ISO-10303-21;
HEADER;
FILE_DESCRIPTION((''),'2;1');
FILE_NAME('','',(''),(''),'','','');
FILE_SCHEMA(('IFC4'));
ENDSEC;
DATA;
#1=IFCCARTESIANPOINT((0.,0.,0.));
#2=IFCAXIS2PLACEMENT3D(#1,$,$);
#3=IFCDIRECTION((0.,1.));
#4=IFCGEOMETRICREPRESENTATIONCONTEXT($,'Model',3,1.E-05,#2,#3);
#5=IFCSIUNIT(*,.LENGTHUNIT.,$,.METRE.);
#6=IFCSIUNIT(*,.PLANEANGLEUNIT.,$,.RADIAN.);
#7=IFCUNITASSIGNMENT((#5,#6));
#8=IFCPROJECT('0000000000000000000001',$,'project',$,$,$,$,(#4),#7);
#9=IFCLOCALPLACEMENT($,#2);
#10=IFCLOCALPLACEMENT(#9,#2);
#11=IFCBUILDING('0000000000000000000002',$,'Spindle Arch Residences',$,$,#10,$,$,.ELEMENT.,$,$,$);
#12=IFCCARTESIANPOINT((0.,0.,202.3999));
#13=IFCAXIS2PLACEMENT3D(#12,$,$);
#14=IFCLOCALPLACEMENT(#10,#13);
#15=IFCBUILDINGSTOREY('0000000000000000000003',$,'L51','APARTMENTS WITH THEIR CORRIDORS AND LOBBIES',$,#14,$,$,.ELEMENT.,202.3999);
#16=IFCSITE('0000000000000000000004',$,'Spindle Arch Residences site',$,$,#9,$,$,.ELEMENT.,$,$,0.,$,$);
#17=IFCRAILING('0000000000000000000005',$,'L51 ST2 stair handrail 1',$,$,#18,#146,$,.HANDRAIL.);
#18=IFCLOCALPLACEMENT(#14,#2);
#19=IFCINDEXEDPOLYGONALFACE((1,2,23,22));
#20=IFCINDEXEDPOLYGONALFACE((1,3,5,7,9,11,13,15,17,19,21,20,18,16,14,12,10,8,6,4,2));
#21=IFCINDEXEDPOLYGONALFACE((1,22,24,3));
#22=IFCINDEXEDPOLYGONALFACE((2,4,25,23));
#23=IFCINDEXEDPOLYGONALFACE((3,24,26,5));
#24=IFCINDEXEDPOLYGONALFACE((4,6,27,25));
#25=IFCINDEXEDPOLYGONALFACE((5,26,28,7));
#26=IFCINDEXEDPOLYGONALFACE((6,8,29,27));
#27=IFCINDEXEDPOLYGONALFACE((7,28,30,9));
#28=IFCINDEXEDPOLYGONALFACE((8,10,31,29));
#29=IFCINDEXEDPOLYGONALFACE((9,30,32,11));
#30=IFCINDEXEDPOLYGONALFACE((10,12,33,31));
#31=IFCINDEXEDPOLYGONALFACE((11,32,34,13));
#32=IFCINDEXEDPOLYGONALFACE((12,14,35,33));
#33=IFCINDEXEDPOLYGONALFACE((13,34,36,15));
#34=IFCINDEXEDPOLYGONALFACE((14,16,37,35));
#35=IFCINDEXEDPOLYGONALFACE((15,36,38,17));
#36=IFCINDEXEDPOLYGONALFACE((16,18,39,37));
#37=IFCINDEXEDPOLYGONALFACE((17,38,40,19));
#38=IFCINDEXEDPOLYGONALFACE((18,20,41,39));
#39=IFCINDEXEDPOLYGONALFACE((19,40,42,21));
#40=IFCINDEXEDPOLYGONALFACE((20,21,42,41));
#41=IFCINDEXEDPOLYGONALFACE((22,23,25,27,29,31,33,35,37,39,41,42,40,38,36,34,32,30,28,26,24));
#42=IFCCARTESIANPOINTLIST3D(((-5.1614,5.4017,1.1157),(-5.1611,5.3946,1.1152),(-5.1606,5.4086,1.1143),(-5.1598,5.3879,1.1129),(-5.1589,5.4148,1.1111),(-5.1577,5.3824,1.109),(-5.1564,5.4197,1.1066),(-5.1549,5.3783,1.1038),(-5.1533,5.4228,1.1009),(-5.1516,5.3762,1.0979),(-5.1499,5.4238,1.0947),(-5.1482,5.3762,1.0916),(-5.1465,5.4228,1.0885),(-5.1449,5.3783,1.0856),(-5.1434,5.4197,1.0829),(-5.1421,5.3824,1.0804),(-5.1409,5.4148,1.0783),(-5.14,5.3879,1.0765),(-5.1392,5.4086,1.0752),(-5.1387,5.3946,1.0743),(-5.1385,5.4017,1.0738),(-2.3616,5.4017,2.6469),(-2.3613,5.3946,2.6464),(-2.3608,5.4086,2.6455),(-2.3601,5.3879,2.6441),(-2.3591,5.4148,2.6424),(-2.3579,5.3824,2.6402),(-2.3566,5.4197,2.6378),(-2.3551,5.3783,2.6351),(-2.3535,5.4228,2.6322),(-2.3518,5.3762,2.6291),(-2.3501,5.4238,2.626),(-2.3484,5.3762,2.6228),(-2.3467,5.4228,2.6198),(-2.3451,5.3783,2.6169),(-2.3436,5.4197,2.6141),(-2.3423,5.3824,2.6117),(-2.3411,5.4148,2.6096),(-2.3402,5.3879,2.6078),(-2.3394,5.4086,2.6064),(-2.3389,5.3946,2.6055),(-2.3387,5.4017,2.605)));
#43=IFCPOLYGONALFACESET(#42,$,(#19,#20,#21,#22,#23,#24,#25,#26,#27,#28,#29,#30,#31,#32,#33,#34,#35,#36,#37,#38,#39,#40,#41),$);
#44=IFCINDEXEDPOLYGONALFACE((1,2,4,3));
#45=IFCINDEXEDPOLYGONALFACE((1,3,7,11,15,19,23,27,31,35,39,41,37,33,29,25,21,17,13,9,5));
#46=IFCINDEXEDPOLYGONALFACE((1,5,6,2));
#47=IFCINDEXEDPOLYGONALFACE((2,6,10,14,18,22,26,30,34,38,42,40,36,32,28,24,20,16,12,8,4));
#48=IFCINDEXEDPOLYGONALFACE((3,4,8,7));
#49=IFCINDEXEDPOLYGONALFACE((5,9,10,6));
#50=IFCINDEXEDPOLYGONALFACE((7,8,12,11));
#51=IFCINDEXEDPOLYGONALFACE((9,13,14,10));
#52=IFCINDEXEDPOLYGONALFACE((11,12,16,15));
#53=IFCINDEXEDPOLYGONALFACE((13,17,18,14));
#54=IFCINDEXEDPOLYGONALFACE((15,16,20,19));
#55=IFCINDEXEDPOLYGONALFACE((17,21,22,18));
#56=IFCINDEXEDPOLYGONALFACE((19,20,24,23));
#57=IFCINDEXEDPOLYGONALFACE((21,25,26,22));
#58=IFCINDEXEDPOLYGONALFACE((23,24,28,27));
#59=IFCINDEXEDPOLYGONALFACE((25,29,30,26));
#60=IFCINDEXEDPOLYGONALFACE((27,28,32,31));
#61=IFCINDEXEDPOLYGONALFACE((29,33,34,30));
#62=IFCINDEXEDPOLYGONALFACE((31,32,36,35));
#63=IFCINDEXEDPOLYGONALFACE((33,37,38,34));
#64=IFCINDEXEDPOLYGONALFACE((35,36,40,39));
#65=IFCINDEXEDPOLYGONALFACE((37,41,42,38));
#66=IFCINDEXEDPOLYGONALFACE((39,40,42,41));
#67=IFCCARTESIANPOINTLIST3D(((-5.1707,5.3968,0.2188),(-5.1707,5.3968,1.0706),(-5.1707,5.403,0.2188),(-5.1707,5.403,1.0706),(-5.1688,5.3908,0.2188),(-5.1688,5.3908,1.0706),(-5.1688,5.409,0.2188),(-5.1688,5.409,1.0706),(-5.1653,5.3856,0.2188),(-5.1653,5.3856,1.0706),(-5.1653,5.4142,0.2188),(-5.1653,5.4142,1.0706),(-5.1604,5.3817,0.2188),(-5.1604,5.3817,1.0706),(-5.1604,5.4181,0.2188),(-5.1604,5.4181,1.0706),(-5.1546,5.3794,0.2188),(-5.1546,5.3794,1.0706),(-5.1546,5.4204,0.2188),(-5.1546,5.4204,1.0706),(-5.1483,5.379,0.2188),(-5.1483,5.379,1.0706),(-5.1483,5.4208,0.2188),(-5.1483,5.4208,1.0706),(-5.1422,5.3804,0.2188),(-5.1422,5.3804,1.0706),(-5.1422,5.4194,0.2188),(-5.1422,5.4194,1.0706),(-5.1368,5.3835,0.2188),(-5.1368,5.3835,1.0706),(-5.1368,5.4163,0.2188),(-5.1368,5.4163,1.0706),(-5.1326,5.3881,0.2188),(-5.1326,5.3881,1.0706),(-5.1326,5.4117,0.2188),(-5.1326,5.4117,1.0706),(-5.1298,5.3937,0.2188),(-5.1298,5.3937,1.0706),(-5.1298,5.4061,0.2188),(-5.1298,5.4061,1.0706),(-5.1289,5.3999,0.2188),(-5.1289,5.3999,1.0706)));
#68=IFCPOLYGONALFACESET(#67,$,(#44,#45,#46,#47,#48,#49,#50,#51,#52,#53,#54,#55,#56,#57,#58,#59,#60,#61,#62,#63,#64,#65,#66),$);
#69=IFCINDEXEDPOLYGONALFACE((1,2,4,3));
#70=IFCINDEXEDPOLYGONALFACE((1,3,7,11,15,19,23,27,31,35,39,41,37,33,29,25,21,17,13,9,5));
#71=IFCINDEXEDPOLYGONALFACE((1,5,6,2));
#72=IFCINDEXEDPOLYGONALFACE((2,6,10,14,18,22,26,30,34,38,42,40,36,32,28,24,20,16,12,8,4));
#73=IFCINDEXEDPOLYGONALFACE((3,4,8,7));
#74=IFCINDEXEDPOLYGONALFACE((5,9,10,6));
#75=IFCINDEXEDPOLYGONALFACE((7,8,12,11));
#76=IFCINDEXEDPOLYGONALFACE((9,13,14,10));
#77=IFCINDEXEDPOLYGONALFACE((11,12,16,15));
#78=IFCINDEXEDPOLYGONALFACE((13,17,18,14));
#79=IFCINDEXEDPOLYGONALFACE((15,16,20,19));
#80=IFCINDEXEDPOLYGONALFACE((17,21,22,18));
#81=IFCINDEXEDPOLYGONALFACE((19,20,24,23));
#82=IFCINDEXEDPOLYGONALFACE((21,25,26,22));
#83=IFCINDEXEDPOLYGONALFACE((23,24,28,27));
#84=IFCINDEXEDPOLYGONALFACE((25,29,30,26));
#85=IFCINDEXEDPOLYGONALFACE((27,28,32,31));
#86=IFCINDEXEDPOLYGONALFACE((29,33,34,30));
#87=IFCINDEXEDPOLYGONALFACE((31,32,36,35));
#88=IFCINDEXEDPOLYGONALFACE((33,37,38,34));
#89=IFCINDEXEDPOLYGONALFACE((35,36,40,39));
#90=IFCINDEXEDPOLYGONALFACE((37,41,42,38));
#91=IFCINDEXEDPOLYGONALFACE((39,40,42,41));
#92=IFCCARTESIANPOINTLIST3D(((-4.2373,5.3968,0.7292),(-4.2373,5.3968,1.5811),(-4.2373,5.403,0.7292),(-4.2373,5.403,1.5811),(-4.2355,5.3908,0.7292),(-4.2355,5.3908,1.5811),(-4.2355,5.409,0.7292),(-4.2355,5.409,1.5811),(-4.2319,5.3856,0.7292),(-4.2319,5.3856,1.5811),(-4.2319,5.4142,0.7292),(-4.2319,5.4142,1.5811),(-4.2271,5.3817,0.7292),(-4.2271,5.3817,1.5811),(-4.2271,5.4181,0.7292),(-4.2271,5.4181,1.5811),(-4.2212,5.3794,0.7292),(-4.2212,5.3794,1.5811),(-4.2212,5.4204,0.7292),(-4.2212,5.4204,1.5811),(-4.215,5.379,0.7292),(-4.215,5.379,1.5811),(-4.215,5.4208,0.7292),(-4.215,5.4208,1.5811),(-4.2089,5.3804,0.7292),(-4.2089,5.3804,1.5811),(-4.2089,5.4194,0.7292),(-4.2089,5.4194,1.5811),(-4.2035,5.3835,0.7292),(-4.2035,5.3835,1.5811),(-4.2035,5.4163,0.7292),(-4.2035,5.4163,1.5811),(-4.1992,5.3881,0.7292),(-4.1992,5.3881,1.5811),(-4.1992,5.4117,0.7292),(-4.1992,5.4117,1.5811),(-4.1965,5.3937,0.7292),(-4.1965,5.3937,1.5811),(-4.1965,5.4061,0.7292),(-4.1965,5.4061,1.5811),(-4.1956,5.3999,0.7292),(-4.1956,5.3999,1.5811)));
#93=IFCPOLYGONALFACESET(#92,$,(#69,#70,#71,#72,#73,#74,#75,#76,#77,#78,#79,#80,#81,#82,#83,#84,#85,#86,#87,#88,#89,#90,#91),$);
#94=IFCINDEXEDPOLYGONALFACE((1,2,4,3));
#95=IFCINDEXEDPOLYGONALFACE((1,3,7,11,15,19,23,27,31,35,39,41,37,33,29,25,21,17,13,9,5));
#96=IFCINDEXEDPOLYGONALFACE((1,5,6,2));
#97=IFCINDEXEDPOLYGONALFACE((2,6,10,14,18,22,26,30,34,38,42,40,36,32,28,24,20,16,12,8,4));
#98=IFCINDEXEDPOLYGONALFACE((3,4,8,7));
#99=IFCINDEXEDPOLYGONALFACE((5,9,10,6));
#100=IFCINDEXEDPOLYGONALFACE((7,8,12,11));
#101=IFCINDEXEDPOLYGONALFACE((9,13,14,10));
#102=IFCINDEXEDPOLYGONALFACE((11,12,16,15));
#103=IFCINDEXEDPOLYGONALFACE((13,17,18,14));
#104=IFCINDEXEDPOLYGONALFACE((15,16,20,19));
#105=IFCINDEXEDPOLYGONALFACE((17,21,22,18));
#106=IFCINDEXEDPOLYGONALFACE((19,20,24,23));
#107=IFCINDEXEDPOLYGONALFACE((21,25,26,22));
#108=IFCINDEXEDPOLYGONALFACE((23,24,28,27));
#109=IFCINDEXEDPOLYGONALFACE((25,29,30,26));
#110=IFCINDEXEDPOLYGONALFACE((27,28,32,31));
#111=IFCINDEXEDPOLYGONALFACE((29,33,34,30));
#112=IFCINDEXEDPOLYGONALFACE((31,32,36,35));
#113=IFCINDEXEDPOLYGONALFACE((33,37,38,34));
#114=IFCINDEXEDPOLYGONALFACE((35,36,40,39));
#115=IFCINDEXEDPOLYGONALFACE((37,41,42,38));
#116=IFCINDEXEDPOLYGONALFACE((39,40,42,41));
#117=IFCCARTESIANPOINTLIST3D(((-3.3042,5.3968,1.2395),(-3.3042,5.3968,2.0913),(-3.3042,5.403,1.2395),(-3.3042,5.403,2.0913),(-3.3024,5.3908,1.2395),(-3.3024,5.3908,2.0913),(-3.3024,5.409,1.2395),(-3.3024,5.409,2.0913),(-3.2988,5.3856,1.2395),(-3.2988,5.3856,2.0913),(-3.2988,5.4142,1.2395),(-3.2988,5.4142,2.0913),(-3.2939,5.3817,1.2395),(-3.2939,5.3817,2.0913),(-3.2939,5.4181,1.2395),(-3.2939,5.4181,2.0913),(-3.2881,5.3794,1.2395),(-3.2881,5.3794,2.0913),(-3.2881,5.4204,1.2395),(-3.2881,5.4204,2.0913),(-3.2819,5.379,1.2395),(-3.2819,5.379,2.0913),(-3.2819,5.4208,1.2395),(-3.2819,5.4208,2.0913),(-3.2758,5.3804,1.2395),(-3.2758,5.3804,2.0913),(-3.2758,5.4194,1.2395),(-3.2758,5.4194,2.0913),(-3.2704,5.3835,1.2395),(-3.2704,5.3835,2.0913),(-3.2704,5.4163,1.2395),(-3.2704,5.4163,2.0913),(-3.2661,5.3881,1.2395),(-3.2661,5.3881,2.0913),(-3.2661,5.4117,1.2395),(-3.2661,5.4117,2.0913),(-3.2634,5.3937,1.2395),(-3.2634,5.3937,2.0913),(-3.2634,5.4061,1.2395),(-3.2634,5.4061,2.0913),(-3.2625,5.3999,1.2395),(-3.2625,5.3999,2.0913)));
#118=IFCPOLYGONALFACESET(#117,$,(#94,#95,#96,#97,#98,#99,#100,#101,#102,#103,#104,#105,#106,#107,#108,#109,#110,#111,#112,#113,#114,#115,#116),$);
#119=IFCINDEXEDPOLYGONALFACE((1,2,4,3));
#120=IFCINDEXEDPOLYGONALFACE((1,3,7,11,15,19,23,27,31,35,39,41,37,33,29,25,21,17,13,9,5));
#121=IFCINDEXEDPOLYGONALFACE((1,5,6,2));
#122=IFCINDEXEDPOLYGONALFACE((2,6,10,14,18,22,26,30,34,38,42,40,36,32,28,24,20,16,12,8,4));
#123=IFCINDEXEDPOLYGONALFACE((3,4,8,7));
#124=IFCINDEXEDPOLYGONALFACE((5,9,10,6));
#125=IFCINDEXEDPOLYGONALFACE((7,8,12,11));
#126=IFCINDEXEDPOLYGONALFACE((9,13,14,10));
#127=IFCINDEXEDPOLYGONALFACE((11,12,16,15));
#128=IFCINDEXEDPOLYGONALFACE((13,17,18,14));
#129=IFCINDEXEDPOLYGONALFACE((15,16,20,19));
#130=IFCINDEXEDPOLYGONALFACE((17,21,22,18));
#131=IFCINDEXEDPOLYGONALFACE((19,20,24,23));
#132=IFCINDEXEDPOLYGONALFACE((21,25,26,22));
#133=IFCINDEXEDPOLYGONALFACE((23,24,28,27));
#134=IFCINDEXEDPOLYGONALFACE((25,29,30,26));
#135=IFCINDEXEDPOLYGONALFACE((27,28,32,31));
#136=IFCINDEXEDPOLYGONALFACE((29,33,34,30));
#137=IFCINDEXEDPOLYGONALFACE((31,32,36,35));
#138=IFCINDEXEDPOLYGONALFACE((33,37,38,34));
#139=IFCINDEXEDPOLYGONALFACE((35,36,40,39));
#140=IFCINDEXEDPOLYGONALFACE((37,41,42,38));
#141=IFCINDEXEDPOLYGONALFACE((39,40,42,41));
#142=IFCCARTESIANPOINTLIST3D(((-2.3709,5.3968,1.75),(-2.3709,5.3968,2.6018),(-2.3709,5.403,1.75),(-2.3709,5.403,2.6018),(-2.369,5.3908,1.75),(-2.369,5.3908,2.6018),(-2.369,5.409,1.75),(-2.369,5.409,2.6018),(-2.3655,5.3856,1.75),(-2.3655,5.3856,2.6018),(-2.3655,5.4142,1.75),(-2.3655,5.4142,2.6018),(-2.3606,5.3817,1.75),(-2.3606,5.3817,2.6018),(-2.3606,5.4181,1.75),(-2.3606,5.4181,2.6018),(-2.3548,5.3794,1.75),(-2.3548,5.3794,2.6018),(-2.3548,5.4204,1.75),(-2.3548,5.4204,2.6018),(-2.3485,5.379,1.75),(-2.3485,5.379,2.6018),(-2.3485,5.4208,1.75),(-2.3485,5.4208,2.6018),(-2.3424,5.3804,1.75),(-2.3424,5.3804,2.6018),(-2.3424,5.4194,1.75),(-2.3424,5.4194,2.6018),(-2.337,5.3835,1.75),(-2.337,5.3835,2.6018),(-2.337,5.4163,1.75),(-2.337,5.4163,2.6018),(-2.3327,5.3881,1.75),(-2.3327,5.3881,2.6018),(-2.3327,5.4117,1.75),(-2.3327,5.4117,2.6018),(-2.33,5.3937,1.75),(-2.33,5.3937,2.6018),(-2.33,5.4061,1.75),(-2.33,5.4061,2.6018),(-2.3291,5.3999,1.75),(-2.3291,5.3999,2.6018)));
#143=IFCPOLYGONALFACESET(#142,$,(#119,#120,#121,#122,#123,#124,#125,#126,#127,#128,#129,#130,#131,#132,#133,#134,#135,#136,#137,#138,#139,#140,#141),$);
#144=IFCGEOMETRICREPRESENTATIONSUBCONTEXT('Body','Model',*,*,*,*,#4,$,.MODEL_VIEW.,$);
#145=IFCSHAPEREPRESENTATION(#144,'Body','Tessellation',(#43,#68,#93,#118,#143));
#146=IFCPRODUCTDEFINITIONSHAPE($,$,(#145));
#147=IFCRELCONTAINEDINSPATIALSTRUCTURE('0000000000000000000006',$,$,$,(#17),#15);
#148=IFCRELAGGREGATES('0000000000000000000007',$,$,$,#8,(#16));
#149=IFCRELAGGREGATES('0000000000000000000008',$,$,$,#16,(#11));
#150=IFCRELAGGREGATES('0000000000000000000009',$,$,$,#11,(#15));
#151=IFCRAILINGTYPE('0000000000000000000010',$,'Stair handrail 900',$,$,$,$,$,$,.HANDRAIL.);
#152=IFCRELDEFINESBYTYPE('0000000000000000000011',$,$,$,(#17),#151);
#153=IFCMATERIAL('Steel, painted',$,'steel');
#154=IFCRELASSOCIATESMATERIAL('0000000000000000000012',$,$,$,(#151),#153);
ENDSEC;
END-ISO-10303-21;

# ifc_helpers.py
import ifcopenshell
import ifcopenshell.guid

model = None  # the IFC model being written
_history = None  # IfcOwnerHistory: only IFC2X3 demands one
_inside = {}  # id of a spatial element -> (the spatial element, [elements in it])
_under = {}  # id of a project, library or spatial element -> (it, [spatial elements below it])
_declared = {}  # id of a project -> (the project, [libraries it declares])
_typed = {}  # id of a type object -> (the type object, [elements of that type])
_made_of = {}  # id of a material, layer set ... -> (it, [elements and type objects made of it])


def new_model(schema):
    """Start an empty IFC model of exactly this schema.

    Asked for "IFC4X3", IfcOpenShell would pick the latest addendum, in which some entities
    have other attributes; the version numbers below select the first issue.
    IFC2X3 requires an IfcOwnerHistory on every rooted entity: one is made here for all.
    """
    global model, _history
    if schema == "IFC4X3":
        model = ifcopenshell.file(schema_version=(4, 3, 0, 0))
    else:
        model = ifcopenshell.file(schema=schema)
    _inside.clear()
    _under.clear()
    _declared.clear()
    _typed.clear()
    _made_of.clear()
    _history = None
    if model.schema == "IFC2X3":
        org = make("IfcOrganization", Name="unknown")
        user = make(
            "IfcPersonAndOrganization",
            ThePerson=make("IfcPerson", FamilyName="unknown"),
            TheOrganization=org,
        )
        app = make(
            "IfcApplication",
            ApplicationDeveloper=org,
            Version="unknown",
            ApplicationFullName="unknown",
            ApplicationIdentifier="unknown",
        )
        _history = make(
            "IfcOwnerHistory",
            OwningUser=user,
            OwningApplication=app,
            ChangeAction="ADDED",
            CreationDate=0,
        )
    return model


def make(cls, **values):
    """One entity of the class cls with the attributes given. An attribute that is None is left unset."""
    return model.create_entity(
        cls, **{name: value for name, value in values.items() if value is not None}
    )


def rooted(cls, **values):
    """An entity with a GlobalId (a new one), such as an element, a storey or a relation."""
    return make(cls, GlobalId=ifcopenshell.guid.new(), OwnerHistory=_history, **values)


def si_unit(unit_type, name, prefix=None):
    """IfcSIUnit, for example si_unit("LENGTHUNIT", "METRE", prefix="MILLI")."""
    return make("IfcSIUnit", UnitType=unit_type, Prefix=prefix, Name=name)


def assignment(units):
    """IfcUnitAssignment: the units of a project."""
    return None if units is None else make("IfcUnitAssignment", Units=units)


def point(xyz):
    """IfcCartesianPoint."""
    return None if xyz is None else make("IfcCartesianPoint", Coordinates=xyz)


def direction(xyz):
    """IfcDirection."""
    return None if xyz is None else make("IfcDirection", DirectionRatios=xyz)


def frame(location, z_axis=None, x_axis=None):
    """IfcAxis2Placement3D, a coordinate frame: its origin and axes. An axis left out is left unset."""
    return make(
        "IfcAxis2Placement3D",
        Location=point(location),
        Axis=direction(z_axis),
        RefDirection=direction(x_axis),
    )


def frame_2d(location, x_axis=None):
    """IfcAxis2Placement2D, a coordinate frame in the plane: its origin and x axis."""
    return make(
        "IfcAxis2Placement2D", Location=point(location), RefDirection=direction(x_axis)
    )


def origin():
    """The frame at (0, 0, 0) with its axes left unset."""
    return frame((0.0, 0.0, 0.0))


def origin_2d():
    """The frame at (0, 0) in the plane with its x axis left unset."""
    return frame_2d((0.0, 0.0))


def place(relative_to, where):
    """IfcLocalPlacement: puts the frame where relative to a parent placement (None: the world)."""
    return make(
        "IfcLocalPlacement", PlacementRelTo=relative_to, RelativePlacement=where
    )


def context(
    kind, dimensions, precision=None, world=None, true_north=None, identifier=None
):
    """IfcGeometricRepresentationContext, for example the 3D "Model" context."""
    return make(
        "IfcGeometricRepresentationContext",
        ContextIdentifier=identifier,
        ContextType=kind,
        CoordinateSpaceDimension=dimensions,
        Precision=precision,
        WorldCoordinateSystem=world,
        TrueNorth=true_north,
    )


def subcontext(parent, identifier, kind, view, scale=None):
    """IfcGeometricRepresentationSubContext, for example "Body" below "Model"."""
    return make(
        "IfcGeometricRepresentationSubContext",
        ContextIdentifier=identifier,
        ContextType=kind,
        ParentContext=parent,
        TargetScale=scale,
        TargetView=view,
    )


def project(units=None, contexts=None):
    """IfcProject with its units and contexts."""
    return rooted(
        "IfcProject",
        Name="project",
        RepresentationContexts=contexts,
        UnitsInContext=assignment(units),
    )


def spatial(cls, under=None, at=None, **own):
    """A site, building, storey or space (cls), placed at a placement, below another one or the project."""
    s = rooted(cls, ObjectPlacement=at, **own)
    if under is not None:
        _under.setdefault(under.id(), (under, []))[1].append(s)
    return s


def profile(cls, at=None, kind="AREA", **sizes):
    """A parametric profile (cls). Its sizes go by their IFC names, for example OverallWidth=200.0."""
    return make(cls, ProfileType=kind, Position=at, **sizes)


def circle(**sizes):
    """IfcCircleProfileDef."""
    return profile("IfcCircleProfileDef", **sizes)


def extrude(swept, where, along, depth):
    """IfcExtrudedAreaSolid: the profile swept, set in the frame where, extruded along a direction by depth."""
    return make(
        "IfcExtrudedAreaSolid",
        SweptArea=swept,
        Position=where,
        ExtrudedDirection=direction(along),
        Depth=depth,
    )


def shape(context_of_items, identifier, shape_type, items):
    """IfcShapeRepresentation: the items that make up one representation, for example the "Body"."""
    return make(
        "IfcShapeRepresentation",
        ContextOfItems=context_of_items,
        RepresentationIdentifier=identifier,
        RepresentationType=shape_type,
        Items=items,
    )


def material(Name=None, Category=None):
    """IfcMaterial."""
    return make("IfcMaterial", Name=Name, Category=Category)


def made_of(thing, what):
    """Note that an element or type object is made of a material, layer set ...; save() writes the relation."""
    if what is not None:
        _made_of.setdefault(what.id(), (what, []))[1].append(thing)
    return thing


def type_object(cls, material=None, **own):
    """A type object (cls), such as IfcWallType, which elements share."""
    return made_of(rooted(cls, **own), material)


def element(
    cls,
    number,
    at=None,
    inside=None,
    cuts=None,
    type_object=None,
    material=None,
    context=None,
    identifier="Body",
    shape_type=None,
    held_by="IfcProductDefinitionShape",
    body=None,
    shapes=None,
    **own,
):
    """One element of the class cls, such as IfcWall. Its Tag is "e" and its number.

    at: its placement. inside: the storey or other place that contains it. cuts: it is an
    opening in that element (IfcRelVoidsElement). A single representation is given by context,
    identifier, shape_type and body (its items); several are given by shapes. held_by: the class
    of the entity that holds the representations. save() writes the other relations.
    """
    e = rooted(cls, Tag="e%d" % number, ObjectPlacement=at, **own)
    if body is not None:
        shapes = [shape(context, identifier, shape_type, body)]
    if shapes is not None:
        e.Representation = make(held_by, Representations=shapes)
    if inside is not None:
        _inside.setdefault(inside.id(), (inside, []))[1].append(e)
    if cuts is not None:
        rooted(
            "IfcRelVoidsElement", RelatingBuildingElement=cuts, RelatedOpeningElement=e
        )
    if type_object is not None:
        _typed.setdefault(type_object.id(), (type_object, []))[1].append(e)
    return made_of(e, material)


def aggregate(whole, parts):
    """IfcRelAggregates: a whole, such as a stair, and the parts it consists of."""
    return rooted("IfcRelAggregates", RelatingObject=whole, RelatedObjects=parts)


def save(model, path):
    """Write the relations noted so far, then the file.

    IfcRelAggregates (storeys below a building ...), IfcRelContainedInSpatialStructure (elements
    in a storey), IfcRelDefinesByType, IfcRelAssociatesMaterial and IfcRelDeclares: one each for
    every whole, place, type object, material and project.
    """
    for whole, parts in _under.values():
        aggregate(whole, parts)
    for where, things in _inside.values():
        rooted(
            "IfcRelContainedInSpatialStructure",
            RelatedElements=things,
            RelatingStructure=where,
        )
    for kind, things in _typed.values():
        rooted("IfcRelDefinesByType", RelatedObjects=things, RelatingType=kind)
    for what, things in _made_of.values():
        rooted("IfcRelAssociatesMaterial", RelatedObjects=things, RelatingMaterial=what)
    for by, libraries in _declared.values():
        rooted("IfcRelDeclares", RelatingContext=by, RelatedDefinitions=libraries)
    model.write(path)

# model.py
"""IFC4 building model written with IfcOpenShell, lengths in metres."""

from ifc_helpers import new_model, si_unit, direction, frame, origin, origin_2d, place, context, subcontext, project, spatial, circle, extrude, material, type_object, element, save


model = new_model("IFC4")

# Units and contexts
model_context = context("Model", 3, precision=1e-05, world=origin(), true_north=direction((0.0, 1.0)))
body_context = subcontext(model_context, "Body", "Model", "MODEL_VIEW")
ifc_project = project(units=[si_unit("LENGTHUNIT", "METRE"), si_unit("PLANEANGLEUNIT", "RADIAN")], contexts=[model_context])

# Site, building, storey
site_placement = place(None, origin())
site = spatial("IfcSite", under=ifc_project, at=site_placement, Name="Spindle Arch Residences site", CompositionType="ELEMENT", RefElevation=0.0)
building_placement = place(site_placement, origin())
building = spatial("IfcBuilding", under=site, at=building_placement, Name="Spindle Arch Residences", CompositionType="ELEMENT")
storey_placement = place(building_placement, frame((0.0, 0.0, 202.3999)))
storey = spatial("IfcBuildingStorey", under=building, at=storey_placement, Name="L51", Description="APARTMENTS WITH THEIR CORRIDORS AND LOBBIES", CompositionType="ELEMENT", Elevation=202.3999)

# Railing
ifc_material_1 = material(Name="Steel, painted", Category="steel")
railing_type_1 = type_object("IfcRailingType", Name="Stair handrail 900", PredefinedType="HANDRAIL", material=ifc_material_1)
railing_1_placement = place(storey_placement, frame((-5.1499, 5.3999, 0.2188)))
element("IfcRailing", 1, at=railing_1_placement, inside=storey, type_object=railing_type_1, Name="L51 ST2 stair handrail 1", PredefinedType="HANDRAIL", context=body_context, shape_type="SweptSolid", body=[
    extrude(circle(Radius=0.0239, at=origin_2d()), frame((0.0, 0.0, 0.876), z_axis=(0.877357, 0.0, 0.479838), x_axis=(0.0, 1.0, 0.0)), (0.0, 0.0, 1.0), 3.1912),
    extrude(circle(Radius=0.021, at=origin_2d()), origin(), (0.0, 0.0, 1.0), 0.8518),
    extrude(circle(Radius=0.021, at=origin_2d()), frame((0.9333, 0.0, 0.5105)), (0.0, 0.0, 1.0), 0.8518),
    extrude(circle(Radius=0.021, at=origin_2d()), frame((1.8665, 0.0, 1.0208)), (0.0, 0.0, 1.0), 0.8518),
    extrude(circle(Radius=0.021, at=origin_2d()), frame((2.7998, 0.0, 1.5312)), (0.0, 0.0, 1.0), 0.8518),
])

save(model, "model.ifc")
